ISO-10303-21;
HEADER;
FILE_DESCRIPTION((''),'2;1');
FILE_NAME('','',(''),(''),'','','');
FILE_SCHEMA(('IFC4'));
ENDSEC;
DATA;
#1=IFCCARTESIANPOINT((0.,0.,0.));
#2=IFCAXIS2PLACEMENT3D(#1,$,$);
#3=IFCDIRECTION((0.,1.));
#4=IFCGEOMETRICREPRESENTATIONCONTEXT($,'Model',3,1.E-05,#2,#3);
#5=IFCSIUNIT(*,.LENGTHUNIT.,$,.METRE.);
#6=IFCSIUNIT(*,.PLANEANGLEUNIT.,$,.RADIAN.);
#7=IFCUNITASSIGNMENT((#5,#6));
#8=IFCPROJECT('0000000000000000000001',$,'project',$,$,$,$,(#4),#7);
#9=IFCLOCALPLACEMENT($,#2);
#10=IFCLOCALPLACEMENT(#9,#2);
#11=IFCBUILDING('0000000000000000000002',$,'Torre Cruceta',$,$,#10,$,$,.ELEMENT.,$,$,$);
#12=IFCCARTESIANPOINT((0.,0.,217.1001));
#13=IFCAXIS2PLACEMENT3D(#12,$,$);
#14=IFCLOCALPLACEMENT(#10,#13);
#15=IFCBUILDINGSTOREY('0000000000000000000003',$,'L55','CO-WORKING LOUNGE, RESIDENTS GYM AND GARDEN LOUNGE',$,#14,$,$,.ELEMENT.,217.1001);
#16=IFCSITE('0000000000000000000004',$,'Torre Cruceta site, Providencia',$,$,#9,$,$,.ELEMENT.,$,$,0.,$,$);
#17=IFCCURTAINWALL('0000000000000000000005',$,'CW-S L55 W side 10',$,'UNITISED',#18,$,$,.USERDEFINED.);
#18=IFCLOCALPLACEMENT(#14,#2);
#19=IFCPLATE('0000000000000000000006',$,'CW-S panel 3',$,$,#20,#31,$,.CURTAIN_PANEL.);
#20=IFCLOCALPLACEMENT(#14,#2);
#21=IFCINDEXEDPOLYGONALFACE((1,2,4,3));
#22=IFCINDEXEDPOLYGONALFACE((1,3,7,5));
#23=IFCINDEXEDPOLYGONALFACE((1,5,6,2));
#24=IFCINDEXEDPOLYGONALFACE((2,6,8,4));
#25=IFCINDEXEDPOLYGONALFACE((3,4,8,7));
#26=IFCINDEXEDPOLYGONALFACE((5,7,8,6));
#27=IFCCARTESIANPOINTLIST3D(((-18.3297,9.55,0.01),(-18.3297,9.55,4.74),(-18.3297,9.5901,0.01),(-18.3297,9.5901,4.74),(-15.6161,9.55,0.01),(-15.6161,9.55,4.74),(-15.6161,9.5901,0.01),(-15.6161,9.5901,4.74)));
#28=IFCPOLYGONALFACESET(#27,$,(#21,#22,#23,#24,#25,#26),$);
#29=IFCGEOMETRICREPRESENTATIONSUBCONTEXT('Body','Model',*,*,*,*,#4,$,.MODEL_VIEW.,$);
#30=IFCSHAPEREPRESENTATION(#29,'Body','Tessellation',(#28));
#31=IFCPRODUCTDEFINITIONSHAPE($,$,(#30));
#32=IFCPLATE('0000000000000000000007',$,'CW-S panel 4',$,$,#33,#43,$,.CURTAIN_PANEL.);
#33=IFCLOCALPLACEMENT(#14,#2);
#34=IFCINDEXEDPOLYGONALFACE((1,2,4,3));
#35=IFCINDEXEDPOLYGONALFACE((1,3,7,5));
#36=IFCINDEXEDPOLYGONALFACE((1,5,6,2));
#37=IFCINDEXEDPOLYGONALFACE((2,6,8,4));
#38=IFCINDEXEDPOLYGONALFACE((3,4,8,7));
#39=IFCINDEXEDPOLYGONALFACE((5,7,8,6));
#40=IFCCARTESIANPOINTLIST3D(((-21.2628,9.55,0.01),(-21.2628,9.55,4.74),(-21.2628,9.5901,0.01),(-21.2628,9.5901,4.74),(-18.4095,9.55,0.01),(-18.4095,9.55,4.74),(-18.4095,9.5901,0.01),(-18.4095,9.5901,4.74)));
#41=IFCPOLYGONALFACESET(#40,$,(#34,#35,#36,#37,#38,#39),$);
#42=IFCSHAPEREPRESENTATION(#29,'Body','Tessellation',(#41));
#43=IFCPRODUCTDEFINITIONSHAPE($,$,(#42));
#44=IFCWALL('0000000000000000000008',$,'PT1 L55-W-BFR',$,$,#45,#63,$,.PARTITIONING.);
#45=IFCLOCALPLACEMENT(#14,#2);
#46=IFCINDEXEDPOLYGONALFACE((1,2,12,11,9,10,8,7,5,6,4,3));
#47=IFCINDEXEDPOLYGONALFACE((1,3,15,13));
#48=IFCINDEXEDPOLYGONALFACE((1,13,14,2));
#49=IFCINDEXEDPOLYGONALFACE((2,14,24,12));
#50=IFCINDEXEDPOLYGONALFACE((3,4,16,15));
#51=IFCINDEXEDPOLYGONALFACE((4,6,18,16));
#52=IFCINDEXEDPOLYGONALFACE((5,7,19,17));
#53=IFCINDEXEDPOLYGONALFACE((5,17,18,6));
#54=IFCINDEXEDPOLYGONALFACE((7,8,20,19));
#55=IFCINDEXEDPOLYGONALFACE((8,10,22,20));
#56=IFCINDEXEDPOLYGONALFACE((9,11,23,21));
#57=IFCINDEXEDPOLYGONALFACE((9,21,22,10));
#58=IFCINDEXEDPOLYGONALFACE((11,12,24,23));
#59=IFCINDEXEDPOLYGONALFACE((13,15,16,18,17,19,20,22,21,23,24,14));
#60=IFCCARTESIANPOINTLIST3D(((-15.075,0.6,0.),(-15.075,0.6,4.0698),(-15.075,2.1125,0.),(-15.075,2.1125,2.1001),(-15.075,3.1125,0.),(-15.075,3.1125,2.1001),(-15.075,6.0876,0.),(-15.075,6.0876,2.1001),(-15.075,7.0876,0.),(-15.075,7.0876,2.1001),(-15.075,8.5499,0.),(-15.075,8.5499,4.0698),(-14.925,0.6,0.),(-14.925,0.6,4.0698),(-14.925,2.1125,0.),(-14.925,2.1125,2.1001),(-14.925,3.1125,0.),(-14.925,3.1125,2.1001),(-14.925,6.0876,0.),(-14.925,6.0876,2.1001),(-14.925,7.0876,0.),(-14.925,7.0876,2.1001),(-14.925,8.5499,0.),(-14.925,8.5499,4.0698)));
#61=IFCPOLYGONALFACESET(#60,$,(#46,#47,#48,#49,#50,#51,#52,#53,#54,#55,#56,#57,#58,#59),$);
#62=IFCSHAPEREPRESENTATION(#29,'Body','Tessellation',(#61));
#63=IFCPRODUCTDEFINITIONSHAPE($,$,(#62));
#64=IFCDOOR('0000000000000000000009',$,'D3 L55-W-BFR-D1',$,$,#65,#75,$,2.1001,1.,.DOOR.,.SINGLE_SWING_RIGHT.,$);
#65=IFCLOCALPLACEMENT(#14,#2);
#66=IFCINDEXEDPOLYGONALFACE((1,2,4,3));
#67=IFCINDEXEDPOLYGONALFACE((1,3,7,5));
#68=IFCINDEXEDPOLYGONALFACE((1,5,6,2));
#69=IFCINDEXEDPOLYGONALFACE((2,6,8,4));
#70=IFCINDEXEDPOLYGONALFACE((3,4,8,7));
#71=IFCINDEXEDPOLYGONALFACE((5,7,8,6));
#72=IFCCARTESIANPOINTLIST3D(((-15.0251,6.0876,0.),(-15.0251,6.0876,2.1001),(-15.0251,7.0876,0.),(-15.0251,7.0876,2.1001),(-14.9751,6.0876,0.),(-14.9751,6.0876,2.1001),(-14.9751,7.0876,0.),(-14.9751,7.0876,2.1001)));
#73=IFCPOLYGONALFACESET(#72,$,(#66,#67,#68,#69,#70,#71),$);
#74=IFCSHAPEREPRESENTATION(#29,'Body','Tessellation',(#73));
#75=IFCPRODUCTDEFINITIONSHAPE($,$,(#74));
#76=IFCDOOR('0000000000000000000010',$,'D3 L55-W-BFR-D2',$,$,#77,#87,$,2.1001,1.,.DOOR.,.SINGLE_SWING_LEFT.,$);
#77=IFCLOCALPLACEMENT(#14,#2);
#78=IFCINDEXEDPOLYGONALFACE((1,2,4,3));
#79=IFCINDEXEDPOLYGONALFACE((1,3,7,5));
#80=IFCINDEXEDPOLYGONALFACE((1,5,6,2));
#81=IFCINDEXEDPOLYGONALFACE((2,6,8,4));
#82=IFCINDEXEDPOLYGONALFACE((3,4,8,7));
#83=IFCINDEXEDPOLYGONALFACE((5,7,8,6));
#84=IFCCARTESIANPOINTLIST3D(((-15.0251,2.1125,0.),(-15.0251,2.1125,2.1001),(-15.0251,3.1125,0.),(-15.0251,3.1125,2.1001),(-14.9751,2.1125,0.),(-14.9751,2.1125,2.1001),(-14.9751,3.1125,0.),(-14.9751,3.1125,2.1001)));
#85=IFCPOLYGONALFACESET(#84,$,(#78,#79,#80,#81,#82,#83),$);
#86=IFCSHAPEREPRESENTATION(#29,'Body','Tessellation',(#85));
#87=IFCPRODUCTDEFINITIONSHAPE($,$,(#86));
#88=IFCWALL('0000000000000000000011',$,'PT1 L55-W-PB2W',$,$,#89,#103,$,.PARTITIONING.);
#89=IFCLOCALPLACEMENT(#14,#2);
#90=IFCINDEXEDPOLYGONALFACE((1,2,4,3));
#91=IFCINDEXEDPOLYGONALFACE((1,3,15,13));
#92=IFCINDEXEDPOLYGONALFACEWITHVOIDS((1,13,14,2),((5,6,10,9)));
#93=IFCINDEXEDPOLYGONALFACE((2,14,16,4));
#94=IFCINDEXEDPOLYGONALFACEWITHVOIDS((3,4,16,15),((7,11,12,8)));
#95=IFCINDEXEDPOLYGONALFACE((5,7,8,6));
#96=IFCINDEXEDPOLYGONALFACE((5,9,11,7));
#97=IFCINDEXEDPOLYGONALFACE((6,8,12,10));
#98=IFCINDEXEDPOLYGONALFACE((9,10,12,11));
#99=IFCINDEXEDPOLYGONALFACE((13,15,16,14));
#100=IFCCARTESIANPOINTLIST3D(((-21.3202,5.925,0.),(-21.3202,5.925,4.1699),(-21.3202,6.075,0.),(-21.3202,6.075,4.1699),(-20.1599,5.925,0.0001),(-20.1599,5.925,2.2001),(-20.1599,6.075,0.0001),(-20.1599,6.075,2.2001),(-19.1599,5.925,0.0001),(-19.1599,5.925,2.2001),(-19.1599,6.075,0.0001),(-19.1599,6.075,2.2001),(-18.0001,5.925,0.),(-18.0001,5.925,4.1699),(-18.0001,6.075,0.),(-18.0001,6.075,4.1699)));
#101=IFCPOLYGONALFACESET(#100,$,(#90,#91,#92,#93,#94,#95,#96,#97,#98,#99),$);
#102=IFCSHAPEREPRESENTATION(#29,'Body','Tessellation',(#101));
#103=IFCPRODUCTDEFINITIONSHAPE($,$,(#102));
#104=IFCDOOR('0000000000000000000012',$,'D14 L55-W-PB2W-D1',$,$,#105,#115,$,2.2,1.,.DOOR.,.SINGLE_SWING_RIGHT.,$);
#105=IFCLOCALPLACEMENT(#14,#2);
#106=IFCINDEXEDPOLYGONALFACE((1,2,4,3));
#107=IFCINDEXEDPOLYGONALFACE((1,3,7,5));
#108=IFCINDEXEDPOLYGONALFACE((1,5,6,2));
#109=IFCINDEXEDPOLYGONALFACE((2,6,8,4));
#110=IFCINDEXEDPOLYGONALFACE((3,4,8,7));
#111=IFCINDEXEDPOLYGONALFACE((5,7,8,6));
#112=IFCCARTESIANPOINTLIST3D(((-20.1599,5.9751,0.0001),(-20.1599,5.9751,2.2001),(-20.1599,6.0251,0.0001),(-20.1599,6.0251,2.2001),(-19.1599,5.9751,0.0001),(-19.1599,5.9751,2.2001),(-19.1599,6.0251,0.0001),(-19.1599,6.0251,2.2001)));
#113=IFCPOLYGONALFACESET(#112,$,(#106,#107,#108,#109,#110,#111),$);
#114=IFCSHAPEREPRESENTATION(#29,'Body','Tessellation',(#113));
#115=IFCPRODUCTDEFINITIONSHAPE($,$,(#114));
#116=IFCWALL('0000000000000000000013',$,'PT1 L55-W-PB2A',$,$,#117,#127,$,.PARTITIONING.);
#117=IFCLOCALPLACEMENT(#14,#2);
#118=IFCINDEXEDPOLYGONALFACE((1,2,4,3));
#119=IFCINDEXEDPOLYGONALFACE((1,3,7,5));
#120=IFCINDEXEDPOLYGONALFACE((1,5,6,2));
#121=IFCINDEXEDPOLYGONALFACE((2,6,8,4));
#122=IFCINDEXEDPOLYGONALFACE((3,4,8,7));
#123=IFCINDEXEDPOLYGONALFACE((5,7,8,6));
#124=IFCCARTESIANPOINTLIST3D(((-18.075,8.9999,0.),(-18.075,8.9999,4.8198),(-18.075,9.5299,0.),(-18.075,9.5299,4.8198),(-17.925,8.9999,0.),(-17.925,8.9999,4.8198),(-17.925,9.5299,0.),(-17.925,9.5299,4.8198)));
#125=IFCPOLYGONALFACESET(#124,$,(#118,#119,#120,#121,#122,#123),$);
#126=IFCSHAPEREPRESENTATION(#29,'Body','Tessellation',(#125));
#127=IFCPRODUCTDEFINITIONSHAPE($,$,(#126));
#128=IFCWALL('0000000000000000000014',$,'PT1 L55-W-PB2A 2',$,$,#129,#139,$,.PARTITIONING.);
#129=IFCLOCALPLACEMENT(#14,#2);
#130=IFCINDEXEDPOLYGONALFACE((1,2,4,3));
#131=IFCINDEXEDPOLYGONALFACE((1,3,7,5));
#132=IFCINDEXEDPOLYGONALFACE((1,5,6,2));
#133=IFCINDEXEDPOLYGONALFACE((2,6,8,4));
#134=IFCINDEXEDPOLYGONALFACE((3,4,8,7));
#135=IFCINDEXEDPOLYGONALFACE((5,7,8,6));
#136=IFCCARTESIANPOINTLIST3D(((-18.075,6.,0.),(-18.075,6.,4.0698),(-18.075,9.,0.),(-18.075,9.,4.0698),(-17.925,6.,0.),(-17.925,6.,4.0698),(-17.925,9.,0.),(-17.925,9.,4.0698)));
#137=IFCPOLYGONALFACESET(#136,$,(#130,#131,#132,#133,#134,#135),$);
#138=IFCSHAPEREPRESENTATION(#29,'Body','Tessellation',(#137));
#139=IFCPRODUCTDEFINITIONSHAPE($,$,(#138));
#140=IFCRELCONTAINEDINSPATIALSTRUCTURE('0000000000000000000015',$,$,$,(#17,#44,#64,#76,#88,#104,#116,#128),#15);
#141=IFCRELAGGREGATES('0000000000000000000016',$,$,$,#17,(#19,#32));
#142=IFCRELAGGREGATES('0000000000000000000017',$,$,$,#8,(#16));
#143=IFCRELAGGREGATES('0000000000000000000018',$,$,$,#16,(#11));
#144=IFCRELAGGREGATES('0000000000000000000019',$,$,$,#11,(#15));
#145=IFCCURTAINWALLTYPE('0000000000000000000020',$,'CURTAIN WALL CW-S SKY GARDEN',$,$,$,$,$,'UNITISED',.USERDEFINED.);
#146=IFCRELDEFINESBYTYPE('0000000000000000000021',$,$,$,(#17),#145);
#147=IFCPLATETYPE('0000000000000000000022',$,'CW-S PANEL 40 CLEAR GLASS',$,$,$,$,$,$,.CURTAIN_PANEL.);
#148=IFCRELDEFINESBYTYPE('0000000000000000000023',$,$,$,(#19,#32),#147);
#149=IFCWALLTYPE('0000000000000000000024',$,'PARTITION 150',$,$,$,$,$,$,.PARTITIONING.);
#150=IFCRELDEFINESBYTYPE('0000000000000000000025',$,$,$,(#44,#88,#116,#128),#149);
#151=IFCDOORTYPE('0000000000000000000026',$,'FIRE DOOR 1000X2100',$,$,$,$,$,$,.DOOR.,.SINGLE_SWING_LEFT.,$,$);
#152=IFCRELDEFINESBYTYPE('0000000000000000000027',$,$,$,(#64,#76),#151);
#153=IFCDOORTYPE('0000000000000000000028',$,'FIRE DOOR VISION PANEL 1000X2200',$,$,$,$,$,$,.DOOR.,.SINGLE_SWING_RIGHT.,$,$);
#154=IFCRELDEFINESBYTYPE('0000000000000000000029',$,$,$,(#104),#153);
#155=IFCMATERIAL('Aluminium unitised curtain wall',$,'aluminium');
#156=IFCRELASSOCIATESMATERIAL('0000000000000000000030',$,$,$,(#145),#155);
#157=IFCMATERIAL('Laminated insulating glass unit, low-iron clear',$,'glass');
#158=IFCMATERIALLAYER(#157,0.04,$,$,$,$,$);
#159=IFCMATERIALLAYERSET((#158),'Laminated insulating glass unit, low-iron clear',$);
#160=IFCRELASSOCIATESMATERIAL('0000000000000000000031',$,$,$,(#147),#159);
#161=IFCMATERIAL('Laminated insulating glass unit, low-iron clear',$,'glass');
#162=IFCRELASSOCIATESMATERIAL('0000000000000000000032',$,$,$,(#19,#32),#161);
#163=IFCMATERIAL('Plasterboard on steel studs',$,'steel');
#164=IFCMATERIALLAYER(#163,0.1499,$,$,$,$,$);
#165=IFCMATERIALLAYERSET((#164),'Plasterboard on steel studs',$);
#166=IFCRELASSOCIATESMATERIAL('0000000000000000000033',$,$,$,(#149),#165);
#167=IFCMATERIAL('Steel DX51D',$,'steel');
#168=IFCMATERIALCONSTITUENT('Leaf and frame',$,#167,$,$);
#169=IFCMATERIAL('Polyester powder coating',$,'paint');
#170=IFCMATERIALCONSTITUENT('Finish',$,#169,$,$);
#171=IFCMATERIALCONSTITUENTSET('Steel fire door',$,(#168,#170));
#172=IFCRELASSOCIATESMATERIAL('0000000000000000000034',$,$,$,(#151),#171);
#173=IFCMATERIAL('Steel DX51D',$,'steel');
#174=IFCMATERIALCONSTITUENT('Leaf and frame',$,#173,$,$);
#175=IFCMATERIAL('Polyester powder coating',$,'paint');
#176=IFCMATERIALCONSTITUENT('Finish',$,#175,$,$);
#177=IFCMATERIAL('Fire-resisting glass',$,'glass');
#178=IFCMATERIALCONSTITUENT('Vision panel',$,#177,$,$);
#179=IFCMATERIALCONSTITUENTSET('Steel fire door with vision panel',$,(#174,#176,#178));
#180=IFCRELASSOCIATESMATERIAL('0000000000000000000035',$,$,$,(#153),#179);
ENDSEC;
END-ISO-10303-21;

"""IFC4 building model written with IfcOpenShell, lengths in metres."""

from ifc_helpers import new_model, si_unit, direction, frame, frame_2d, origin, origin_2d, place, context, subcontext, project, spatial, rectangle, extrude, material, layer, layer_set, constituent, constituent_set, type_object, element, fill, aggregate, save


model = new_model("IFC4")

# Units and contexts
model_context = context("Model", 3, precision=1e-05, world=origin(), true_north=direction((0.0, 1.0)))
body_context = subcontext(model_context, "Body", "Model", "MODEL_VIEW")
ifc_project = project(units=[si_unit("LENGTHUNIT", "METRE"), si_unit("PLANEANGLEUNIT", "RADIAN")], contexts=[model_context])

# Site, building, storey
site_placement = place(None, origin())
site = spatial("IfcSite", under=ifc_project, at=site_placement, Name="Torre Cruceta site, Providencia", CompositionType="ELEMENT", RefElevation=0.0)
building_placement = place(site_placement, origin())
building = spatial("IfcBuilding", under=site, at=building_placement, Name="Torre Cruceta", CompositionType="ELEMENT")
storey_placement = place(building_placement, frame((0.0, 0.0, 217.1001)))
storey = spatial("IfcBuildingStorey", under=building, at=storey_placement, Name="L55", Description="CO-WORKING LOUNGE, RESIDENTS GYM AND GARDEN LOUNGE", CompositionType="ELEMENT", Elevation=217.1001)

# Curtain wall
ifc_material_1 = material(Name="Aluminium unitised curtain wall", Category="aluminium")
curtain_wall_type = type_object("IfcCurtainWallType", Name="CURTAIN WALL CW-S SKY GARDEN", ElementType="UNITISED", PredefinedType="USERDEFINED", material=ifc_material_1)
curtain_wall_placement = place(storey_placement, origin())
curtain_wall = element("IfcCurtainWall", 1, at=curtain_wall_placement, inside=storey, type_object=curtain_wall_type, Name="CW-S L55 W side 10", ObjectType="UNITISED", PredefinedType="USERDEFINED")

# Plates
ifc_material_2 = material(Name="Laminated insulating glass unit, low-iron clear", Category="glass")
ifc_material_3 = material(Name="Laminated insulating glass unit, low-iron clear", Category="glass")
ifc_layer_1 = layer(ifc_material_3, 0.04)
ifc_layer_set_1 = layer_set([ifc_layer_1], Name="Laminated insulating glass unit, low-iron clear")
plate_type = type_object("IfcPlateType", Name="CW-S PANEL 40 CLEAR GLASS", PredefinedType="CURTAIN_PANEL", material=ifc_layer_set_1)
plate_1_placement = place(storey_placement, frame((-16.9729, 9.5701, 0.01), z_axis=(0.0, 0.0, 1.0), x_axis=(-1.0, 0.0, 0.0)))
plate_1 = element("IfcPlate", 2, at=plate_1_placement, type_object=plate_type, material=ifc_material_2, Name="CW-S panel 3", PredefinedType="CURTAIN_PANEL", context=body_context, shape_type="SweptSolid", body=[
    extrude(rectangle(XDim=2.7136, YDim=0.04, at=origin_2d()), origin(), (0.0, 0.0, 1.0), 4.73),
])
plate_2_placement = place(storey_placement, frame((-19.8362, 9.5701, 0.01), z_axis=(0.0, 0.0, 1.0), x_axis=(-1.0, 0.0, 0.0)))
plate_2 = element("IfcPlate", 3, at=plate_2_placement, type_object=plate_type, material=ifc_material_2, Name="CW-S panel 4", PredefinedType="CURTAIN_PANEL", context=body_context, shape_type="SweptSolid", body=[
    extrude(rectangle(XDim=2.8533, YDim=0.04, at=origin_2d()), origin(), (0.0, 0.0, 1.0), 4.73),
])
aggregate(curtain_wall, [plate_1, plate_2])

# Wall, openings, doors
ifc_material_4 = material(Name="Plasterboard on steel studs", Category="steel")
ifc_layer_2 = layer(ifc_material_4, 0.1499)
ifc_layer_set_2 = layer_set([ifc_layer_2], Name="Plasterboard on steel studs")
wall_type = type_object("IfcWallType", Name="PARTITION 150", PredefinedType="PARTITIONING", material=ifc_layer_set_2)
wall_1_placement = place(storey_placement, frame((-15.0, 8.55, 0.0), z_axis=(0.0, 0.0, 1.0), x_axis=(0.0, -1.0, 0.0)))
wall_1 = element("IfcWall", 4, at=wall_1_placement, inside=storey, type_object=wall_type, Name="PT1 L55-W-BFR", PredefinedType="PARTITIONING", context=body_context, shape_type="SweptSolid", body=[
    extrude(rectangle(XDim=7.95, YDim=0.1499, at=frame_2d((3.9751, 0.0))), origin(), (0.0, 0.0, 1.0), 4.0698),
])
opening_1_placement = place(wall_1_placement, frame((1.4624, 0.0, 0.0)))
opening_1 = element("IfcOpeningElement", 5, at=opening_1_placement, cuts=wall_1, PredefinedType="OPENING", context=body_context, shape_type="SweptSolid", body=[
    extrude(rectangle(XDim=1.0, YDim=2.1001, at=frame_2d((0.5, 1.05))), frame((0.0, 0.085, 0.0), z_axis=(0.0, -1.0, 0.0), x_axis=(1.0, 0.0, 0.0)), (0.0, 0.0, 1.0), 0.1699),
])
opening_2_placement = place(wall_1_placement, frame((5.4375, 0.0, 0.0)))
opening_2 = element("IfcOpeningElement", 6, at=opening_2_placement, cuts=wall_1, PredefinedType="OPENING", context=body_context, shape_type="SweptSolid", body=[
    extrude(rectangle(XDim=1.0, YDim=2.1001, at=frame_2d((0.5, 1.05))), frame((0.0, 0.085, 0.0), z_axis=(0.0, -1.0, 0.0), x_axis=(1.0, 0.0, 0.0)), (0.0, 0.0, 1.0), 0.1699),
])
ifc_material_5 = material(Name="Steel DX51D", Category="steel")
ifc_constituent_1 = constituent(ifc_material_5, Name="Leaf and frame")
ifc_material_6 = material(Name="Polyester powder coating", Category="paint")
ifc_constituent_2 = constituent(ifc_material_6, Name="Finish")
ifc_constituent_set_1 = constituent_set(constituents=[ifc_constituent_1, ifc_constituent_2], Name="Steel fire door")
door_type_1 = type_object("IfcDoorType", Name="FIRE DOOR 1000X2100", OperationType="SINGLE_SWING_LEFT", PredefinedType="DOOR", material=ifc_constituent_set_1)
door_1_placement = place(opening_1_placement, origin())
door_1 = element("IfcDoor", 7, at=door_1_placement, inside=storey, type_object=door_type_1, Name="D3 L55-W-BFR-D1", OperationType="SINGLE_SWING_RIGHT", OverallHeight=2.1001, OverallWidth=1.0, PredefinedType="DOOR", context=body_context, shape_type="SweptSolid", body=[
    extrude(rectangle(XDim=1.0, YDim=2.1001, at=frame_2d((0.5, 1.05))), frame((0.0, 0.0249, 0.0), z_axis=(0.0, -1.0, 0.0), x_axis=(1.0, 0.0, 0.0)), (0.0, 0.0, 1.0), 0.05),
])
fill(opening_1, door_1)
door_2_placement = place(opening_2_placement, origin())
door_2 = element("IfcDoor", 8, at=door_2_placement, inside=storey, type_object=door_type_1, Name="D3 L55-W-BFR-D2", OperationType="SINGLE_SWING_LEFT", OverallHeight=2.1001, OverallWidth=1.0, PredefinedType="DOOR", context=body_context, shape_type="SweptSolid", body=[
    extrude(rectangle(XDim=1.0, YDim=2.1001, at=frame_2d((0.5, 1.05))), frame((0.0, 0.0249, 0.0), z_axis=(0.0, -1.0, 0.0), x_axis=(1.0, 0.0, 0.0)), (0.0, 0.0, 1.0), 0.05),
])
fill(opening_2, door_2)

# Wall, opening, door
wall_2_placement = place(storey_placement, frame((-18.0, 6.0, 0.0), z_axis=(0.0, 0.0, 1.0), x_axis=(-1.0, 0.0, 0.0)))
wall_2 = element("IfcWall", 9, at=wall_2_placement, inside=storey, type_object=wall_type, Name="PT1 L55-W-PB2W", PredefinedType="PARTITIONING", context=body_context, shape_type="SweptSolid", body=[
    extrude(rectangle(XDim=3.3201, YDim=0.1499, at=frame_2d((1.6602, 0.0))), origin(), (0.0, 0.0, 1.0), 4.1699),
])
opening_3_placement = place(wall_2_placement, frame((1.1599, 0.0, 0.0)))
opening_3 = element("IfcOpeningElement", 10, at=opening_3_placement, cuts=wall_2, PredefinedType="OPENING", context=body_context, shape_type="SweptSolid", body=[
    extrude(rectangle(XDim=1.0, YDim=2.2, at=frame_2d((0.5, 1.1001))), frame((0.0, 0.085, 0.0), z_axis=(0.0, -1.0, 0.0), x_axis=(1.0, 0.0, 0.0)), (0.0, 0.0, 1.0), 0.1699),
])
ifc_material_7 = material(Name="Steel DX51D", Category="steel")
ifc_constituent_3 = constituent(ifc_material_7, Name="Leaf and frame")
ifc_material_8 = material(Name="Polyester powder coating", Category="paint")
ifc_constituent_4 = constituent(ifc_material_8, Name="Finish")
ifc_material_9 = material(Name="Fire-resisting glass", Category="glass")
ifc_constituent_5 = constituent(ifc_material_9, Name="Vision panel")
ifc_constituent_set_2 = constituent_set(constituents=[ifc_constituent_3, ifc_constituent_4, ifc_constituent_5], Name="Steel fire door with vision panel")
door_type_2 = type_object("IfcDoorType", Name="FIRE DOOR VISION PANEL 1000X2200", OperationType="SINGLE_SWING_RIGHT", PredefinedType="DOOR", material=ifc_constituent_set_2)
door_3_placement = place(opening_3_placement, frame((1.0, 0.0, 0.0), z_axis=(0.0, 0.0, 1.0), x_axis=(-1.0, 0.0, 0.0)))
door_3 = element("IfcDoor", 11, at=door_3_placement, inside=storey, type_object=door_type_2, Name="D14 L55-W-PB2W-D1", OperationType="SINGLE_SWING_RIGHT", OverallHeight=2.2, OverallWidth=1.0, PredefinedType="DOOR", context=body_context, shape_type="SweptSolid", body=[
    extrude(rectangle(XDim=1.0, YDim=2.2, at=frame_2d((0.5, 1.1001))), frame((0.0, 0.0251, 0.0), z_axis=(0.0, -1.0, 0.0), x_axis=(1.0, 0.0, 0.0)), (0.0, 0.0, 1.0), 0.05),
])
fill(opening_3, door_3)

# Walls
wall_3_placement = place(storey_placement, frame((-18.0, 9.53, 0.0), z_axis=(0.0, 0.0, 1.0), x_axis=(0.0, -1.0, 0.0)))
element("IfcWall", 12, at=wall_3_placement, inside=storey, type_object=wall_type, Name="PT1 L55-W-PB2A", PredefinedType="PARTITIONING", context=body_context, shape_type="SweptSolid", body=[
    extrude(rectangle(XDim=0.53, YDim=0.1499, at=frame_2d((0.2651, 0.0))), origin(), (0.0, 0.0, 1.0), 4.8198),
])
wall_4_placement = place(storey_placement, frame((-18.0, 9.0, 0.0), z_axis=(0.0, 0.0, 1.0), x_axis=(0.0, -1.0, 0.0)))
element("IfcWall", 13, at=wall_4_placement, inside=storey, type_object=wall_type, Name="PT1 L55-W-PB2A 2", PredefinedType="PARTITIONING", context=body_context, shape_type="SweptSolid", body=[
    extrude(rectangle(XDim=3.0, YDim=0.1499, at=frame_2d((1.5, 0.0))), origin(), (0.0, 0.0, 1.0), 4.0698),
])

save(model, "model.ifc")
